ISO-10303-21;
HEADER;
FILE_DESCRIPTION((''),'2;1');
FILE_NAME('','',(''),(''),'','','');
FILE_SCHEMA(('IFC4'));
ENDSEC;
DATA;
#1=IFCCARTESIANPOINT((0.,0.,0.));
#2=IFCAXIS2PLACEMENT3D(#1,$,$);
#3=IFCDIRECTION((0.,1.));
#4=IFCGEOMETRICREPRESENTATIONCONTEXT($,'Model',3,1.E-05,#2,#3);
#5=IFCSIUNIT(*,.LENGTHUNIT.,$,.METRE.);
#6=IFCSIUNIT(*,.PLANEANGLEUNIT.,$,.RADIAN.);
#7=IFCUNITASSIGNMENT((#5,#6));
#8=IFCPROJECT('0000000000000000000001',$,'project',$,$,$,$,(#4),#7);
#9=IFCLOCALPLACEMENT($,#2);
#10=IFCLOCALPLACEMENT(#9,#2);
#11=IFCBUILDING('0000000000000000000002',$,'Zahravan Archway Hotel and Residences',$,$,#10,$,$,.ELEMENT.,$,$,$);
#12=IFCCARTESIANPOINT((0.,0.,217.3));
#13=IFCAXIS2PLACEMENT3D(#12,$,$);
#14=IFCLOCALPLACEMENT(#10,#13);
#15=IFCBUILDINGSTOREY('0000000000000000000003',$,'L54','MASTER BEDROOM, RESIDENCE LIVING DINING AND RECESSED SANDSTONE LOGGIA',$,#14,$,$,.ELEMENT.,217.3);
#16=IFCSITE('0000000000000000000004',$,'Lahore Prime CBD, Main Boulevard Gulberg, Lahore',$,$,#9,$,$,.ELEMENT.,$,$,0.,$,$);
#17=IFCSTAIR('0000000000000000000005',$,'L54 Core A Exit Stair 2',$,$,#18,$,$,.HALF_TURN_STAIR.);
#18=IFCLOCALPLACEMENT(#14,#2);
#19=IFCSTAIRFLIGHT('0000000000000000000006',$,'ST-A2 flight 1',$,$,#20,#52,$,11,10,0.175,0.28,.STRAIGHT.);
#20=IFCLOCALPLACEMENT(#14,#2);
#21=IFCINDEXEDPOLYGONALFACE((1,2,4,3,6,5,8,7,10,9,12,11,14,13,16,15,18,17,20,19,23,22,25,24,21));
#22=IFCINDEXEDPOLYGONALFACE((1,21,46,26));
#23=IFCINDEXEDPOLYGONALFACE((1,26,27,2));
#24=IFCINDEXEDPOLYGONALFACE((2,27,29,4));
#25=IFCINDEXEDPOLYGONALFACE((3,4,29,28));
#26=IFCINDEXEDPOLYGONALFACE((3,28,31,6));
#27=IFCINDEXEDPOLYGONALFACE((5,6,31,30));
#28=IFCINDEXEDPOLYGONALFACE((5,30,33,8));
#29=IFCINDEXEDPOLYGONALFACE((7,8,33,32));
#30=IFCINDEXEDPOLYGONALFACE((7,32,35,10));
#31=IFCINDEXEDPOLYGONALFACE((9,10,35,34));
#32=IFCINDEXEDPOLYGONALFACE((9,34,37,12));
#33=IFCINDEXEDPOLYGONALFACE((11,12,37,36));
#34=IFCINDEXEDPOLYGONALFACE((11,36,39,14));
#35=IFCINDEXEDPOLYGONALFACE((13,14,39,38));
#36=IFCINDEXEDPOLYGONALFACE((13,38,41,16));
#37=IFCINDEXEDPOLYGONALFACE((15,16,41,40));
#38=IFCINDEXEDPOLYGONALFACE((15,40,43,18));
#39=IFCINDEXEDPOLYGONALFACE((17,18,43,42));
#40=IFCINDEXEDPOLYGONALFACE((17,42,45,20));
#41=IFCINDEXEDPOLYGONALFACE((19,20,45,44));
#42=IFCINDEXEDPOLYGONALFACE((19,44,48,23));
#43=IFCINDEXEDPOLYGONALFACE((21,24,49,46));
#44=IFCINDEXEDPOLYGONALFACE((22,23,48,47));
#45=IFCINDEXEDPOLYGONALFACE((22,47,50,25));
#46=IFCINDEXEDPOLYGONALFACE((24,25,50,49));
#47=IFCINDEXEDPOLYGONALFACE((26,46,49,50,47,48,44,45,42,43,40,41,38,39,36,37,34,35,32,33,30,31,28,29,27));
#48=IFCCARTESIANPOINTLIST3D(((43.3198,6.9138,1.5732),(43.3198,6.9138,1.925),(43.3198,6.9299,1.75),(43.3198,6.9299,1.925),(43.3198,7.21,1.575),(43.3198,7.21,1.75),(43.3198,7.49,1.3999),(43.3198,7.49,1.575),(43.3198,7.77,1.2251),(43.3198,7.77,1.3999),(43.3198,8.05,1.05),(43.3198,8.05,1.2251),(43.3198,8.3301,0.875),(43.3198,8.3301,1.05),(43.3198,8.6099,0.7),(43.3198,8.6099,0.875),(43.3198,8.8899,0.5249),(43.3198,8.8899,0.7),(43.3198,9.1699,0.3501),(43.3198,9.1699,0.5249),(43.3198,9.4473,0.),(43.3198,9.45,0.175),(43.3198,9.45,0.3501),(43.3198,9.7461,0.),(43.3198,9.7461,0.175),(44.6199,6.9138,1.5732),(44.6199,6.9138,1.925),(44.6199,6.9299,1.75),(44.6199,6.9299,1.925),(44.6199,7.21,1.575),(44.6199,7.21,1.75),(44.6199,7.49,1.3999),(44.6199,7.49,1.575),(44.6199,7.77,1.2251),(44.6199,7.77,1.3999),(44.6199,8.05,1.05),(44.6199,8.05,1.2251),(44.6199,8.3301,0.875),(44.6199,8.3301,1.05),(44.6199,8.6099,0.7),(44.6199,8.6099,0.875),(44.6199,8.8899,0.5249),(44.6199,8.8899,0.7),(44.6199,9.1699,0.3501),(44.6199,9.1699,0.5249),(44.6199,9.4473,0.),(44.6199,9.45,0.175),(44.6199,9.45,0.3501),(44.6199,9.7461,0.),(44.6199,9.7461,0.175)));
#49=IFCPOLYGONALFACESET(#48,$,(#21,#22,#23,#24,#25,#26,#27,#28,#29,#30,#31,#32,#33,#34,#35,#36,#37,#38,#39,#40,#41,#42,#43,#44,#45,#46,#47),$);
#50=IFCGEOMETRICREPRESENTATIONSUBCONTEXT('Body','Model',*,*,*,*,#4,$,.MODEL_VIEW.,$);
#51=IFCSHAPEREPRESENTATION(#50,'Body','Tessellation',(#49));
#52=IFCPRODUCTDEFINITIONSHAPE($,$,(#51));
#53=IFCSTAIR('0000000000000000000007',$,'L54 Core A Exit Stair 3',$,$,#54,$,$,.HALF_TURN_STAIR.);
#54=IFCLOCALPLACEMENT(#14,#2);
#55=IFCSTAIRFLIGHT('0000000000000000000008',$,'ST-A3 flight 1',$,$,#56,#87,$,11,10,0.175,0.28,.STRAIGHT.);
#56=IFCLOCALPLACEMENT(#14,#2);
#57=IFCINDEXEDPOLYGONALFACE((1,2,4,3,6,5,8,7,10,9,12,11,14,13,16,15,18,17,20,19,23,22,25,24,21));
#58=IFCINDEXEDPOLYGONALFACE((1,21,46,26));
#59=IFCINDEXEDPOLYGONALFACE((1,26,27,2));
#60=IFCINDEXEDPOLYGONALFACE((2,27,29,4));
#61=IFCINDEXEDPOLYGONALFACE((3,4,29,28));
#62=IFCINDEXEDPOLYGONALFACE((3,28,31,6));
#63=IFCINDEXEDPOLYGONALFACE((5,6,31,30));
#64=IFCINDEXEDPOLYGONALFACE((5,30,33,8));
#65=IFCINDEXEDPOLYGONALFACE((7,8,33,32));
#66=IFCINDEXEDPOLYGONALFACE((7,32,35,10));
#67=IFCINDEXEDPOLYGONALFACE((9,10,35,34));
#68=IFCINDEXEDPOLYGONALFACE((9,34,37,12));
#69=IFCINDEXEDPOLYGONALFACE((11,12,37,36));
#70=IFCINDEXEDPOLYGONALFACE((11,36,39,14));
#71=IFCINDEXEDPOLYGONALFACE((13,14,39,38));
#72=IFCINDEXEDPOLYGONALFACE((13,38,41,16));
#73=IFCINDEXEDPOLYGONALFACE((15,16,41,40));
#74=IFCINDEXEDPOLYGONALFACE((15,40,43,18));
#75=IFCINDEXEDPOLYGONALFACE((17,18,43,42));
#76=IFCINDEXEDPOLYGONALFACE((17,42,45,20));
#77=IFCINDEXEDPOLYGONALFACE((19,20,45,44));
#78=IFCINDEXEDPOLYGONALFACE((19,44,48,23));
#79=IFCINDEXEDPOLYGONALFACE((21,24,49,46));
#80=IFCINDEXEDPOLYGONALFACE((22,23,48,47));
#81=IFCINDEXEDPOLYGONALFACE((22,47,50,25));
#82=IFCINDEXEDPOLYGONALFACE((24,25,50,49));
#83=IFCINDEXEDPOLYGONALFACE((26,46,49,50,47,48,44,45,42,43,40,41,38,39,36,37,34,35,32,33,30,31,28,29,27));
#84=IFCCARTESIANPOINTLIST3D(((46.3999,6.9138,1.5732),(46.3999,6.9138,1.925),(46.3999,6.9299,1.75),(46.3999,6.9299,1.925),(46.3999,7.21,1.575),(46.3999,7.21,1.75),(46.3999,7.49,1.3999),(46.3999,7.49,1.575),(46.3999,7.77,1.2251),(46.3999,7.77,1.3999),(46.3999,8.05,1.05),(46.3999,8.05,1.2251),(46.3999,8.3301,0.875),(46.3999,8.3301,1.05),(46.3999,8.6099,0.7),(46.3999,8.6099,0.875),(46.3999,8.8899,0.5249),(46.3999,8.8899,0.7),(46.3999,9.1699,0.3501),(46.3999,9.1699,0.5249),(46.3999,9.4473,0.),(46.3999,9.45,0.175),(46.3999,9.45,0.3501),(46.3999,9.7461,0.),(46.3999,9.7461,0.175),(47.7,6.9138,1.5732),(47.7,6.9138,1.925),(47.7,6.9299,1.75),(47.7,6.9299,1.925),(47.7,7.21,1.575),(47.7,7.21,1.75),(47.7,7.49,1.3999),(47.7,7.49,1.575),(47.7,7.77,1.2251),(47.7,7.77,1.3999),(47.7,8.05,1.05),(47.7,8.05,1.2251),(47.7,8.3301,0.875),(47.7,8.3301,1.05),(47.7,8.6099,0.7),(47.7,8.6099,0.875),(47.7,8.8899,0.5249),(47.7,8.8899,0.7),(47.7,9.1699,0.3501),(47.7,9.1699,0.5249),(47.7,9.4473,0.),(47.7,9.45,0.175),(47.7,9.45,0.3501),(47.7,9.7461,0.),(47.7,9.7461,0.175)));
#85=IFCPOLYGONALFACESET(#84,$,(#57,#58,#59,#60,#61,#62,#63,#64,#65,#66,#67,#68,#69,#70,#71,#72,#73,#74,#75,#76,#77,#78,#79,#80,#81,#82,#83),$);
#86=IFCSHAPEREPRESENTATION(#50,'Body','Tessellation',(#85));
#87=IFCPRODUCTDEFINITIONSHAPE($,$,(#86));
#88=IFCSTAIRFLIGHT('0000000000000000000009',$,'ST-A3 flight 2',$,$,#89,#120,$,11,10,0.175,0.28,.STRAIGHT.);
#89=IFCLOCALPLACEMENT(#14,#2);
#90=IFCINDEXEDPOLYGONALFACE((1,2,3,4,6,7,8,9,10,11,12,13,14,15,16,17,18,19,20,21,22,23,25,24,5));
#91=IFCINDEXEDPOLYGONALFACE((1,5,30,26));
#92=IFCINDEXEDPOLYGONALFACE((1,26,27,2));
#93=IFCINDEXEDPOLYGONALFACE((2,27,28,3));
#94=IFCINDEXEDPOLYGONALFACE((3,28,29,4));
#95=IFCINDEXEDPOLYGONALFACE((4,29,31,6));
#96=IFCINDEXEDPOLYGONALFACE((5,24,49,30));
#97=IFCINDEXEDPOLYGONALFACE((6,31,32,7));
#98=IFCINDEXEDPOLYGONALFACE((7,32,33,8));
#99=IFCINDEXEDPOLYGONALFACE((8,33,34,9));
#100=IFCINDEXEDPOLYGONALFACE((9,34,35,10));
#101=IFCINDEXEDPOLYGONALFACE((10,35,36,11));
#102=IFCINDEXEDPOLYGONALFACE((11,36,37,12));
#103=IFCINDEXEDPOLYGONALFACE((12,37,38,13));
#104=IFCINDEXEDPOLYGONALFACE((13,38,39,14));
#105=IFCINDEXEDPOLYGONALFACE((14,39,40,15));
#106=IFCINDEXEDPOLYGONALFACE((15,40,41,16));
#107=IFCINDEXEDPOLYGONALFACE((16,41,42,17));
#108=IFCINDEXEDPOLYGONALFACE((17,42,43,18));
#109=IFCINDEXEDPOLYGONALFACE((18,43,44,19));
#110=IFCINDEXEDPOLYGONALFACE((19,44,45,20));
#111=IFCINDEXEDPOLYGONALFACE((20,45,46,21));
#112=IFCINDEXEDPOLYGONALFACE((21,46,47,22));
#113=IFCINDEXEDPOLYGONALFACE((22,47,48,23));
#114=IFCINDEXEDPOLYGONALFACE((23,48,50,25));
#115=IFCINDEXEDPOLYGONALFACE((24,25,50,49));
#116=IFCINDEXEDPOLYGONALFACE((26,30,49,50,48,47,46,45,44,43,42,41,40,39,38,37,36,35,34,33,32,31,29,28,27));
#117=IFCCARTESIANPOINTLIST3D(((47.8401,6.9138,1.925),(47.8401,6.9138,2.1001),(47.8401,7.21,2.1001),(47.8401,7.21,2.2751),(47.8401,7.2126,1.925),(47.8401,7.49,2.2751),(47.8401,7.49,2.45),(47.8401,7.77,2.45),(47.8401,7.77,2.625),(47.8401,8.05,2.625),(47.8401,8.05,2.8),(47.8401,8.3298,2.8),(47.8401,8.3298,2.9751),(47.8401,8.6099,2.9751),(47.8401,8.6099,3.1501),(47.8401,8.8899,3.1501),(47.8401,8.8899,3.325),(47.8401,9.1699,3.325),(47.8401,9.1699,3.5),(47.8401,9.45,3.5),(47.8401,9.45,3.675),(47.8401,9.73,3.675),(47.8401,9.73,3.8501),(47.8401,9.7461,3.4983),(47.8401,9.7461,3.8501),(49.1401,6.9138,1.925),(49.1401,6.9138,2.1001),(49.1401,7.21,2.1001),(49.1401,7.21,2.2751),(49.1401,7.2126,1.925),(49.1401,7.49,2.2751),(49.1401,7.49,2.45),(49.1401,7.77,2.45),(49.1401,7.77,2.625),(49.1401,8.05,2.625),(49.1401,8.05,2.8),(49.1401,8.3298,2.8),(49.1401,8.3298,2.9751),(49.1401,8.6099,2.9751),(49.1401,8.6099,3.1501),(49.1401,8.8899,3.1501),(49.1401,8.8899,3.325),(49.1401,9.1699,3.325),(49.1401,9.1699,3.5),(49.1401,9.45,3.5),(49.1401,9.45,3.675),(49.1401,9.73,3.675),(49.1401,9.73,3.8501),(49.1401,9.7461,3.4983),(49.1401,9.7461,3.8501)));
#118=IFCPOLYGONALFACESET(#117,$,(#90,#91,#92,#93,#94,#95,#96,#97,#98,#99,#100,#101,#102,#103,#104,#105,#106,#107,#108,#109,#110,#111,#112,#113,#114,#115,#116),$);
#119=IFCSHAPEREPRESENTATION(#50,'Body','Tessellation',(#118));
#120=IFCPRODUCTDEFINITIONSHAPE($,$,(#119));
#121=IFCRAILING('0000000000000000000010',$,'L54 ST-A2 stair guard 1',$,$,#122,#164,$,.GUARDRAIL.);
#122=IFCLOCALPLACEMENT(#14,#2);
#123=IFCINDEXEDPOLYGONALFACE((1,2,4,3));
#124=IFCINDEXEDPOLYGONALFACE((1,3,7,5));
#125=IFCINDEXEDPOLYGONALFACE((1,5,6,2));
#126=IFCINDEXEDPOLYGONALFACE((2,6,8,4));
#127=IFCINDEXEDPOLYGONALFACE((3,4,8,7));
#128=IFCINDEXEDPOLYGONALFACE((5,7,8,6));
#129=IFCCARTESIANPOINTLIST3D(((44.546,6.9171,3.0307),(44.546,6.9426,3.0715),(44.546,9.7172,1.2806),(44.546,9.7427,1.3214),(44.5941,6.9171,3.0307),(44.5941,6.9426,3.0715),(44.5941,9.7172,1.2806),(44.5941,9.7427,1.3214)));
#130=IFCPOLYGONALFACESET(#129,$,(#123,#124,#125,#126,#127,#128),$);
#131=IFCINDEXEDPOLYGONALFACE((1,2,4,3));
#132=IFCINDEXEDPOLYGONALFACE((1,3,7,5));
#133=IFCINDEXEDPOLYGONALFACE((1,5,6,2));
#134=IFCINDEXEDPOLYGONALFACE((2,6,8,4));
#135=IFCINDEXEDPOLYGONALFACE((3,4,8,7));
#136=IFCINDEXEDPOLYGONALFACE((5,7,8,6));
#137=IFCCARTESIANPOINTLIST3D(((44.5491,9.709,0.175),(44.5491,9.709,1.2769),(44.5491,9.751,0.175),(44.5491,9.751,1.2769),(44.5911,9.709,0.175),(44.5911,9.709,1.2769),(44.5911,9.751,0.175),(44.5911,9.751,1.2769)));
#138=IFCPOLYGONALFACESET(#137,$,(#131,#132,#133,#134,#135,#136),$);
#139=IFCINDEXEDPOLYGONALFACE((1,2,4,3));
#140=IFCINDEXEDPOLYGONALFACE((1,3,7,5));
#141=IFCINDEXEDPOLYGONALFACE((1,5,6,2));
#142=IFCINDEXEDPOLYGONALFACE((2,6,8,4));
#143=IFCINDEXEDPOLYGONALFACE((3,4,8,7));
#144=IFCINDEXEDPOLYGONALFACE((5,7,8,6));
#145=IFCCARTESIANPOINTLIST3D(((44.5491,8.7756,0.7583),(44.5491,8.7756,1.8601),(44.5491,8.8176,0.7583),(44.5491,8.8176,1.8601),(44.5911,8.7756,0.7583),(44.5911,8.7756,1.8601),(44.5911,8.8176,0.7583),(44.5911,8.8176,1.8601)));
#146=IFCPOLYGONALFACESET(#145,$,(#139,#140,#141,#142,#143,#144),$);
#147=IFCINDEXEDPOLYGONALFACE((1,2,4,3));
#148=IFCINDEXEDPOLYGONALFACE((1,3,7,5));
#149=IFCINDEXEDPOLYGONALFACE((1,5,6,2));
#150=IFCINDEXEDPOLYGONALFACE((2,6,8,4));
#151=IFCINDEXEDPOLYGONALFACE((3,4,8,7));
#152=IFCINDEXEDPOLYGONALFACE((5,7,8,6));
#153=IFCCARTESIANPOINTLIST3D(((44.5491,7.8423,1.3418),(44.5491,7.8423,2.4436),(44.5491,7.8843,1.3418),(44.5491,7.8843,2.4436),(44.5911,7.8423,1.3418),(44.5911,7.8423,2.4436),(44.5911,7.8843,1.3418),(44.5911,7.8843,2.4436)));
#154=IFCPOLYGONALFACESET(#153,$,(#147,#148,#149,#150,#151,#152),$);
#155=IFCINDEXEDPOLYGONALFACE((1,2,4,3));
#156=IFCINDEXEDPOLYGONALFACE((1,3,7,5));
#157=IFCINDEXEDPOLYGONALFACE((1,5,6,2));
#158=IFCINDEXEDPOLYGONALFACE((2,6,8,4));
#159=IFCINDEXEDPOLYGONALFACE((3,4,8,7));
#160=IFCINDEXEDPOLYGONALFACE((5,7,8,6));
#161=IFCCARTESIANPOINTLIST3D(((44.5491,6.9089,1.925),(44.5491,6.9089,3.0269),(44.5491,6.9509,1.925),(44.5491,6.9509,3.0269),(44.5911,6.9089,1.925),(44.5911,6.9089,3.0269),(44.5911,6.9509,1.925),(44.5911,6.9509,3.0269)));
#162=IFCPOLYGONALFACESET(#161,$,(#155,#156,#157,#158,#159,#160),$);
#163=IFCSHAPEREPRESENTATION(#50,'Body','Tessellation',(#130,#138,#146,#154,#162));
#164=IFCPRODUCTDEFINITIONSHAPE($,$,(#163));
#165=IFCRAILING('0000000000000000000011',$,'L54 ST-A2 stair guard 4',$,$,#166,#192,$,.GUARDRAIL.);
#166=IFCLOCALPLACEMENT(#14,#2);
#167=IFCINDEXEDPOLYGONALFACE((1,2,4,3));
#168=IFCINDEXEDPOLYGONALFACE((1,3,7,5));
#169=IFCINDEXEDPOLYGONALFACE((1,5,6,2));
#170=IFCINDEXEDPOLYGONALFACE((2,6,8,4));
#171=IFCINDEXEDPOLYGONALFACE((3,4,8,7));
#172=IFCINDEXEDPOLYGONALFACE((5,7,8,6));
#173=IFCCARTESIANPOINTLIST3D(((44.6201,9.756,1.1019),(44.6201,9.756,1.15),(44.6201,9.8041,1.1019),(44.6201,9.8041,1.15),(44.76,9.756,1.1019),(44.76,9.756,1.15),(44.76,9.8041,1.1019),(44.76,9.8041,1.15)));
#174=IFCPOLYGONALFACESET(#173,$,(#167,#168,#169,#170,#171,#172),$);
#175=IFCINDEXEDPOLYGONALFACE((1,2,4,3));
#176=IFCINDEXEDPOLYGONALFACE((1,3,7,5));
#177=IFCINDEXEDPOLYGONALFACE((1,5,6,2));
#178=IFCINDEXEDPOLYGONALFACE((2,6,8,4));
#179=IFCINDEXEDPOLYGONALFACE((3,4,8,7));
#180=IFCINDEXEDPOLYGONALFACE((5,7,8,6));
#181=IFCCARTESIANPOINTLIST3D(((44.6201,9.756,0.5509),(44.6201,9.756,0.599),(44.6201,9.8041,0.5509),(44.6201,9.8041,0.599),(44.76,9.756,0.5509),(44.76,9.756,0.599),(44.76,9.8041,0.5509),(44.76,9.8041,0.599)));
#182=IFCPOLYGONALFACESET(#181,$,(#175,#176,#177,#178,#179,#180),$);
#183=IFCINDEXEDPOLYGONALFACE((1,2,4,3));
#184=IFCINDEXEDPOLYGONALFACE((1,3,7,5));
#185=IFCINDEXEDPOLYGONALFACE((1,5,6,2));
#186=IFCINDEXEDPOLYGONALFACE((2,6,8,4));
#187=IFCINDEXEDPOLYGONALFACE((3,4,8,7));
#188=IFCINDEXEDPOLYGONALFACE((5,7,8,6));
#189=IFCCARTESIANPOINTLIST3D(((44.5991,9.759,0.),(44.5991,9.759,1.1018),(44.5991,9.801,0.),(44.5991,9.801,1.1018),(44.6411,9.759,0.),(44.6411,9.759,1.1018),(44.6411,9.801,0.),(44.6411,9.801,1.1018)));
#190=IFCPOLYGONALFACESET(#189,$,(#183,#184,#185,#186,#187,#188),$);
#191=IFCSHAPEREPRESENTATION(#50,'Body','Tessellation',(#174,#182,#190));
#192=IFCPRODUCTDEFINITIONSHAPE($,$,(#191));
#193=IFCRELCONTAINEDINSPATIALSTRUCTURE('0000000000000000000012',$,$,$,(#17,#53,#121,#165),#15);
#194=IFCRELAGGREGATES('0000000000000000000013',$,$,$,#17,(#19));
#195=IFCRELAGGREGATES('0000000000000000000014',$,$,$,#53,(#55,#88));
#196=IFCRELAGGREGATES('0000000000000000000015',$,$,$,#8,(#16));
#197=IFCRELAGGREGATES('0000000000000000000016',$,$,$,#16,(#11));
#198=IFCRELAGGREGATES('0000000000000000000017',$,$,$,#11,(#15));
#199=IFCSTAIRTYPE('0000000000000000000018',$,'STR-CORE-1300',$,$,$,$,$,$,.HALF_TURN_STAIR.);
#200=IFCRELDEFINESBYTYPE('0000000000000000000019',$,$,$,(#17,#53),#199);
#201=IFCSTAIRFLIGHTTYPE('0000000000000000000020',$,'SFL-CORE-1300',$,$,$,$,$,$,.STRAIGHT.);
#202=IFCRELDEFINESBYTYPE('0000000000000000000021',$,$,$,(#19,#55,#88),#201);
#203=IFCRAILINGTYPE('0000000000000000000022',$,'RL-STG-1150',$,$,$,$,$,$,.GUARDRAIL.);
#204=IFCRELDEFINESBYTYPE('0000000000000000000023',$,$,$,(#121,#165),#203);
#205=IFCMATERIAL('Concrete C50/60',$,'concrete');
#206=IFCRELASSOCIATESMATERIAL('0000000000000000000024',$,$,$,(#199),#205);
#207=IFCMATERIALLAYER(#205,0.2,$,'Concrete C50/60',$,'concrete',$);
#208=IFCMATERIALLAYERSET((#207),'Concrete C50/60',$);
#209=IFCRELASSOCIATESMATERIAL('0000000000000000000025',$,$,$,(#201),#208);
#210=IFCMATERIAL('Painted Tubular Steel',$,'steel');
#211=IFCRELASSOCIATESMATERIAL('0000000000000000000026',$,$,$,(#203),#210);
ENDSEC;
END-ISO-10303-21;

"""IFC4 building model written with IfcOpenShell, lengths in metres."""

from ifc_helpers import new_model, si_unit, direction, frame, origin, origin_2d, place, context, subcontext, project, spatial, polyline, rectangle, outline, extrude, source, transform, mapped, material, layer, layer_set, type_object, element, aggregate, save


model = new_model("IFC4")

# Units and contexts
model_context = context("Model", 3, precision=1e-05, world=origin(), true_north=direction((0.0, 1.0)))
body_context = subcontext(model_context, "Body", "Model", "MODEL_VIEW")
ifc_project = project(units=[si_unit("LENGTHUNIT", "METRE"), si_unit("PLANEANGLEUNIT", "RADIAN")], contexts=[model_context])

# Site, building, storey
site_placement = place(None, origin())
site = spatial("IfcSite", under=ifc_project, at=site_placement, Name="Lahore Prime CBD, Main Boulevard Gulberg, Lahore", CompositionType="ELEMENT", RefElevation=0.0)
building_placement = place(site_placement, origin())
building = spatial("IfcBuilding", under=site, at=building_placement, Name="Zahravan Archway Hotel and Residences", CompositionType="ELEMENT")
storey_placement = place(building_placement, frame((0.0, 0.0, 217.3)))
storey = spatial("IfcBuildingStorey", under=building, at=storey_placement, Name="L54", Description="MASTER BEDROOM, RESIDENCE LIVING DINING AND RECESSED SANDSTONE LOGGIA", CompositionType="ELEMENT", Elevation=217.3)

# Shared definitions
ifc_material_1 = material(Name="Concrete C50/60", Category="concrete")

# Stair, stair flight
stair_type = type_object("IfcStairType", Name="STR-CORE-1300", PredefinedType="HALF_TURN_STAIR", material=ifc_material_1)
stair_1_placement = place(storey_placement, origin())
stair_1 = element("IfcStair", 1, at=stair_1_placement, inside=storey, type_object=stair_type, Name="L54 Core A Exit Stair 2", PredefinedType="HALF_TURN_STAIR")
ifc_layer_1 = layer(ifc_material_1, 0.2, Name="Concrete C50/60", Category="concrete")
ifc_layer_set_1 = layer_set([ifc_layer_1], Name="Concrete C50/60")
stair_flight_type = type_object("IfcStairFlightType", Name="SFL-CORE-1300", PredefinedType="STRAIGHT", material=ifc_layer_set_1)
shared_shape_1 = source(origin(), body_context, "Body", "SweptSolid", [
    extrude(outline(polyline([(-0.0161, 0.0), (-0.0161, 0.175), (0.28, 0.175), (0.28, 0.3501), (0.5601, 0.3501), (0.5601, 0.5249), (0.8401, 0.5249), (0.8401, 0.7), (1.1201, 0.7), (1.1201, 0.875), (1.3999, 0.875), (1.3999, 1.05), (1.6799, 1.05), (1.6799, 1.2251), (1.96, 1.2251), (1.96, 1.3999), (2.24, 1.3999), (2.24, 1.575), (2.52, 1.575), (2.52, 1.75), (2.8, 1.75), (2.8, 1.925), (2.8162, 1.925), (2.8162, 1.5732), (0.2827, 0.0), (-0.0161, 0.0)])), frame((0.0, 0.6499, 0.0), z_axis=(0.0, -1.0, 0.0), x_axis=(1.0, 0.0, 0.0)), (0.0, 0.0, 1.0), 1.3),
])
stair_flight_1_placement = place(storey_placement, frame((43.97, 9.73, 0.0), z_axis=(0.0, 0.0, 1.0), x_axis=(0.0, -1.0, 0.0)))
stair_flight_1 = element("IfcStairFlight", 2, at=stair_flight_1_placement, type_object=stair_flight_type, Name="ST-A2 flight 1", NumberOfRisers=11, NumberOfTreads=10, PredefinedType="STRAIGHT", RiserHeight=0.175, TreadLength=0.28, context=body_context, shape_type="MappedRepresentation", body=[
    mapped(shared_shape_1, transform((0.0, 0.0, 0.0), scale=1.0)),
])
aggregate(stair_1, [stair_flight_1])

# Stair, stair flights
stair_2_placement = place(storey_placement, origin())
stair_2 = element("IfcStair", 3, at=stair_2_placement, inside=storey, type_object=stair_type, Name="L54 Core A Exit Stair 3", PredefinedType="HALF_TURN_STAIR")
stair_flight_2_placement = place(storey_placement, frame((47.05, 9.73, 0.0), z_axis=(0.0, 0.0, 1.0), x_axis=(0.0, -1.0, 0.0)))
stair_flight_2 = element("IfcStairFlight", 4, at=stair_flight_2_placement, type_object=stair_flight_type, Name="ST-A3 flight 1", NumberOfRisers=11, NumberOfTreads=10, PredefinedType="STRAIGHT", RiserHeight=0.175, TreadLength=0.28, context=body_context, shape_type="MappedRepresentation", body=[
    mapped(shared_shape_1, transform((0.0, 0.0, 0.0), scale=1.0)),
])
stair_flight_3_placement = place(storey_placement, frame((48.49, 6.9299, 1.925), z_axis=(0.0, 0.0, 1.0), x_axis=(0.0, 1.0, 0.0)))
stair_flight_3 = element("IfcStairFlight", 5, at=stair_flight_3_placement, type_object=stair_flight_type, Name="ST-A3 flight 2", NumberOfRisers=11, NumberOfTreads=10, PredefinedType="STRAIGHT", RiserHeight=0.175, TreadLength=0.28, context=body_context, shape_type="MappedRepresentation", body=[
    mapped(shared_shape_1, transform((0.0, 0.0, 0.0), scale=1.0)),
])
aggregate(stair_2, [stair_flight_2, stair_flight_3])

# Railings
ifc_material_2 = material(Name="Painted Tubular Steel", Category="steel")
railing_type_1 = type_object("IfcRailingType", Name="RL-STG-1150", PredefinedType="GUARDRAIL", material=ifc_material_2)
railing_1_placement = place(storey_placement, frame((44.5701, 9.73, 0.175)))
element("IfcRailing", 6, at=railing_1_placement, inside=storey, type_object=railing_type_1, Name="L54 ST-A2 stair guard 1", PredefinedType="GUARDRAIL", context=body_context, shape_type="SweptSolid", body=[
    extrude(rectangle(XDim=0.0481, YDim=0.0481, at=origin_2d()), frame((0.0, 0.0, 1.126), z_axis=(0.0, -0.848002, 0.529992), x_axis=(1.0, 0.0, 0.0)), (0.0, 0.0, 1.0), 3.302),
    extrude(rectangle(XDim=0.042, YDim=0.042, at=origin_2d()), origin(), (0.0, 0.0, 1.0), 1.1018),
    extrude(rectangle(XDim=0.042, YDim=0.042, at=origin_2d()), frame((0.0, -0.9333, 0.5833)), (0.0, 0.0, 1.0), 1.1018),
    extrude(rectangle(XDim=0.042, YDim=0.042, at=origin_2d()), frame((0.0, -1.8667, 1.1667)), (0.0, 0.0, 1.0), 1.1018),
    extrude(rectangle(XDim=0.042, YDim=0.042, at=origin_2d()), frame((0.0, -2.8, 1.75)), (0.0, 0.0, 1.0), 1.1018),
])
railing_2_placement = place(storey_placement, frame((44.6201, 9.78, 0.0)))
element("IfcRailing", 7, at=railing_2_placement, inside=storey, type_object=railing_type_1, Name="L54 ST-A2 stair guard 4", PredefinedType="GUARDRAIL", context=body_context, shape_type="SweptSolid", body=[
    extrude(rectangle(XDim=0.0481, YDim=0.0481, at=origin_2d()), frame((0.0, 0.0, 1.126), z_axis=(1.0, 0.0, 0.0), x_axis=(0.0, 1.0, 0.0)), (0.0, 0.0, 1.0), 0.1399),
    extrude(rectangle(XDim=0.0481, YDim=0.0481, at=origin_2d()), frame((0.0, 0.0, 0.575), z_axis=(1.0, 0.0, 0.0), x_axis=(0.0, 1.0, 0.0)), (0.0, 0.0, 1.0), 0.1399),
    extrude(rectangle(XDim=0.042, YDim=0.042, at=origin_2d()), origin(), (0.0, 0.0, 1.0), 1.1018),
])

save(model, "model.ifc")
